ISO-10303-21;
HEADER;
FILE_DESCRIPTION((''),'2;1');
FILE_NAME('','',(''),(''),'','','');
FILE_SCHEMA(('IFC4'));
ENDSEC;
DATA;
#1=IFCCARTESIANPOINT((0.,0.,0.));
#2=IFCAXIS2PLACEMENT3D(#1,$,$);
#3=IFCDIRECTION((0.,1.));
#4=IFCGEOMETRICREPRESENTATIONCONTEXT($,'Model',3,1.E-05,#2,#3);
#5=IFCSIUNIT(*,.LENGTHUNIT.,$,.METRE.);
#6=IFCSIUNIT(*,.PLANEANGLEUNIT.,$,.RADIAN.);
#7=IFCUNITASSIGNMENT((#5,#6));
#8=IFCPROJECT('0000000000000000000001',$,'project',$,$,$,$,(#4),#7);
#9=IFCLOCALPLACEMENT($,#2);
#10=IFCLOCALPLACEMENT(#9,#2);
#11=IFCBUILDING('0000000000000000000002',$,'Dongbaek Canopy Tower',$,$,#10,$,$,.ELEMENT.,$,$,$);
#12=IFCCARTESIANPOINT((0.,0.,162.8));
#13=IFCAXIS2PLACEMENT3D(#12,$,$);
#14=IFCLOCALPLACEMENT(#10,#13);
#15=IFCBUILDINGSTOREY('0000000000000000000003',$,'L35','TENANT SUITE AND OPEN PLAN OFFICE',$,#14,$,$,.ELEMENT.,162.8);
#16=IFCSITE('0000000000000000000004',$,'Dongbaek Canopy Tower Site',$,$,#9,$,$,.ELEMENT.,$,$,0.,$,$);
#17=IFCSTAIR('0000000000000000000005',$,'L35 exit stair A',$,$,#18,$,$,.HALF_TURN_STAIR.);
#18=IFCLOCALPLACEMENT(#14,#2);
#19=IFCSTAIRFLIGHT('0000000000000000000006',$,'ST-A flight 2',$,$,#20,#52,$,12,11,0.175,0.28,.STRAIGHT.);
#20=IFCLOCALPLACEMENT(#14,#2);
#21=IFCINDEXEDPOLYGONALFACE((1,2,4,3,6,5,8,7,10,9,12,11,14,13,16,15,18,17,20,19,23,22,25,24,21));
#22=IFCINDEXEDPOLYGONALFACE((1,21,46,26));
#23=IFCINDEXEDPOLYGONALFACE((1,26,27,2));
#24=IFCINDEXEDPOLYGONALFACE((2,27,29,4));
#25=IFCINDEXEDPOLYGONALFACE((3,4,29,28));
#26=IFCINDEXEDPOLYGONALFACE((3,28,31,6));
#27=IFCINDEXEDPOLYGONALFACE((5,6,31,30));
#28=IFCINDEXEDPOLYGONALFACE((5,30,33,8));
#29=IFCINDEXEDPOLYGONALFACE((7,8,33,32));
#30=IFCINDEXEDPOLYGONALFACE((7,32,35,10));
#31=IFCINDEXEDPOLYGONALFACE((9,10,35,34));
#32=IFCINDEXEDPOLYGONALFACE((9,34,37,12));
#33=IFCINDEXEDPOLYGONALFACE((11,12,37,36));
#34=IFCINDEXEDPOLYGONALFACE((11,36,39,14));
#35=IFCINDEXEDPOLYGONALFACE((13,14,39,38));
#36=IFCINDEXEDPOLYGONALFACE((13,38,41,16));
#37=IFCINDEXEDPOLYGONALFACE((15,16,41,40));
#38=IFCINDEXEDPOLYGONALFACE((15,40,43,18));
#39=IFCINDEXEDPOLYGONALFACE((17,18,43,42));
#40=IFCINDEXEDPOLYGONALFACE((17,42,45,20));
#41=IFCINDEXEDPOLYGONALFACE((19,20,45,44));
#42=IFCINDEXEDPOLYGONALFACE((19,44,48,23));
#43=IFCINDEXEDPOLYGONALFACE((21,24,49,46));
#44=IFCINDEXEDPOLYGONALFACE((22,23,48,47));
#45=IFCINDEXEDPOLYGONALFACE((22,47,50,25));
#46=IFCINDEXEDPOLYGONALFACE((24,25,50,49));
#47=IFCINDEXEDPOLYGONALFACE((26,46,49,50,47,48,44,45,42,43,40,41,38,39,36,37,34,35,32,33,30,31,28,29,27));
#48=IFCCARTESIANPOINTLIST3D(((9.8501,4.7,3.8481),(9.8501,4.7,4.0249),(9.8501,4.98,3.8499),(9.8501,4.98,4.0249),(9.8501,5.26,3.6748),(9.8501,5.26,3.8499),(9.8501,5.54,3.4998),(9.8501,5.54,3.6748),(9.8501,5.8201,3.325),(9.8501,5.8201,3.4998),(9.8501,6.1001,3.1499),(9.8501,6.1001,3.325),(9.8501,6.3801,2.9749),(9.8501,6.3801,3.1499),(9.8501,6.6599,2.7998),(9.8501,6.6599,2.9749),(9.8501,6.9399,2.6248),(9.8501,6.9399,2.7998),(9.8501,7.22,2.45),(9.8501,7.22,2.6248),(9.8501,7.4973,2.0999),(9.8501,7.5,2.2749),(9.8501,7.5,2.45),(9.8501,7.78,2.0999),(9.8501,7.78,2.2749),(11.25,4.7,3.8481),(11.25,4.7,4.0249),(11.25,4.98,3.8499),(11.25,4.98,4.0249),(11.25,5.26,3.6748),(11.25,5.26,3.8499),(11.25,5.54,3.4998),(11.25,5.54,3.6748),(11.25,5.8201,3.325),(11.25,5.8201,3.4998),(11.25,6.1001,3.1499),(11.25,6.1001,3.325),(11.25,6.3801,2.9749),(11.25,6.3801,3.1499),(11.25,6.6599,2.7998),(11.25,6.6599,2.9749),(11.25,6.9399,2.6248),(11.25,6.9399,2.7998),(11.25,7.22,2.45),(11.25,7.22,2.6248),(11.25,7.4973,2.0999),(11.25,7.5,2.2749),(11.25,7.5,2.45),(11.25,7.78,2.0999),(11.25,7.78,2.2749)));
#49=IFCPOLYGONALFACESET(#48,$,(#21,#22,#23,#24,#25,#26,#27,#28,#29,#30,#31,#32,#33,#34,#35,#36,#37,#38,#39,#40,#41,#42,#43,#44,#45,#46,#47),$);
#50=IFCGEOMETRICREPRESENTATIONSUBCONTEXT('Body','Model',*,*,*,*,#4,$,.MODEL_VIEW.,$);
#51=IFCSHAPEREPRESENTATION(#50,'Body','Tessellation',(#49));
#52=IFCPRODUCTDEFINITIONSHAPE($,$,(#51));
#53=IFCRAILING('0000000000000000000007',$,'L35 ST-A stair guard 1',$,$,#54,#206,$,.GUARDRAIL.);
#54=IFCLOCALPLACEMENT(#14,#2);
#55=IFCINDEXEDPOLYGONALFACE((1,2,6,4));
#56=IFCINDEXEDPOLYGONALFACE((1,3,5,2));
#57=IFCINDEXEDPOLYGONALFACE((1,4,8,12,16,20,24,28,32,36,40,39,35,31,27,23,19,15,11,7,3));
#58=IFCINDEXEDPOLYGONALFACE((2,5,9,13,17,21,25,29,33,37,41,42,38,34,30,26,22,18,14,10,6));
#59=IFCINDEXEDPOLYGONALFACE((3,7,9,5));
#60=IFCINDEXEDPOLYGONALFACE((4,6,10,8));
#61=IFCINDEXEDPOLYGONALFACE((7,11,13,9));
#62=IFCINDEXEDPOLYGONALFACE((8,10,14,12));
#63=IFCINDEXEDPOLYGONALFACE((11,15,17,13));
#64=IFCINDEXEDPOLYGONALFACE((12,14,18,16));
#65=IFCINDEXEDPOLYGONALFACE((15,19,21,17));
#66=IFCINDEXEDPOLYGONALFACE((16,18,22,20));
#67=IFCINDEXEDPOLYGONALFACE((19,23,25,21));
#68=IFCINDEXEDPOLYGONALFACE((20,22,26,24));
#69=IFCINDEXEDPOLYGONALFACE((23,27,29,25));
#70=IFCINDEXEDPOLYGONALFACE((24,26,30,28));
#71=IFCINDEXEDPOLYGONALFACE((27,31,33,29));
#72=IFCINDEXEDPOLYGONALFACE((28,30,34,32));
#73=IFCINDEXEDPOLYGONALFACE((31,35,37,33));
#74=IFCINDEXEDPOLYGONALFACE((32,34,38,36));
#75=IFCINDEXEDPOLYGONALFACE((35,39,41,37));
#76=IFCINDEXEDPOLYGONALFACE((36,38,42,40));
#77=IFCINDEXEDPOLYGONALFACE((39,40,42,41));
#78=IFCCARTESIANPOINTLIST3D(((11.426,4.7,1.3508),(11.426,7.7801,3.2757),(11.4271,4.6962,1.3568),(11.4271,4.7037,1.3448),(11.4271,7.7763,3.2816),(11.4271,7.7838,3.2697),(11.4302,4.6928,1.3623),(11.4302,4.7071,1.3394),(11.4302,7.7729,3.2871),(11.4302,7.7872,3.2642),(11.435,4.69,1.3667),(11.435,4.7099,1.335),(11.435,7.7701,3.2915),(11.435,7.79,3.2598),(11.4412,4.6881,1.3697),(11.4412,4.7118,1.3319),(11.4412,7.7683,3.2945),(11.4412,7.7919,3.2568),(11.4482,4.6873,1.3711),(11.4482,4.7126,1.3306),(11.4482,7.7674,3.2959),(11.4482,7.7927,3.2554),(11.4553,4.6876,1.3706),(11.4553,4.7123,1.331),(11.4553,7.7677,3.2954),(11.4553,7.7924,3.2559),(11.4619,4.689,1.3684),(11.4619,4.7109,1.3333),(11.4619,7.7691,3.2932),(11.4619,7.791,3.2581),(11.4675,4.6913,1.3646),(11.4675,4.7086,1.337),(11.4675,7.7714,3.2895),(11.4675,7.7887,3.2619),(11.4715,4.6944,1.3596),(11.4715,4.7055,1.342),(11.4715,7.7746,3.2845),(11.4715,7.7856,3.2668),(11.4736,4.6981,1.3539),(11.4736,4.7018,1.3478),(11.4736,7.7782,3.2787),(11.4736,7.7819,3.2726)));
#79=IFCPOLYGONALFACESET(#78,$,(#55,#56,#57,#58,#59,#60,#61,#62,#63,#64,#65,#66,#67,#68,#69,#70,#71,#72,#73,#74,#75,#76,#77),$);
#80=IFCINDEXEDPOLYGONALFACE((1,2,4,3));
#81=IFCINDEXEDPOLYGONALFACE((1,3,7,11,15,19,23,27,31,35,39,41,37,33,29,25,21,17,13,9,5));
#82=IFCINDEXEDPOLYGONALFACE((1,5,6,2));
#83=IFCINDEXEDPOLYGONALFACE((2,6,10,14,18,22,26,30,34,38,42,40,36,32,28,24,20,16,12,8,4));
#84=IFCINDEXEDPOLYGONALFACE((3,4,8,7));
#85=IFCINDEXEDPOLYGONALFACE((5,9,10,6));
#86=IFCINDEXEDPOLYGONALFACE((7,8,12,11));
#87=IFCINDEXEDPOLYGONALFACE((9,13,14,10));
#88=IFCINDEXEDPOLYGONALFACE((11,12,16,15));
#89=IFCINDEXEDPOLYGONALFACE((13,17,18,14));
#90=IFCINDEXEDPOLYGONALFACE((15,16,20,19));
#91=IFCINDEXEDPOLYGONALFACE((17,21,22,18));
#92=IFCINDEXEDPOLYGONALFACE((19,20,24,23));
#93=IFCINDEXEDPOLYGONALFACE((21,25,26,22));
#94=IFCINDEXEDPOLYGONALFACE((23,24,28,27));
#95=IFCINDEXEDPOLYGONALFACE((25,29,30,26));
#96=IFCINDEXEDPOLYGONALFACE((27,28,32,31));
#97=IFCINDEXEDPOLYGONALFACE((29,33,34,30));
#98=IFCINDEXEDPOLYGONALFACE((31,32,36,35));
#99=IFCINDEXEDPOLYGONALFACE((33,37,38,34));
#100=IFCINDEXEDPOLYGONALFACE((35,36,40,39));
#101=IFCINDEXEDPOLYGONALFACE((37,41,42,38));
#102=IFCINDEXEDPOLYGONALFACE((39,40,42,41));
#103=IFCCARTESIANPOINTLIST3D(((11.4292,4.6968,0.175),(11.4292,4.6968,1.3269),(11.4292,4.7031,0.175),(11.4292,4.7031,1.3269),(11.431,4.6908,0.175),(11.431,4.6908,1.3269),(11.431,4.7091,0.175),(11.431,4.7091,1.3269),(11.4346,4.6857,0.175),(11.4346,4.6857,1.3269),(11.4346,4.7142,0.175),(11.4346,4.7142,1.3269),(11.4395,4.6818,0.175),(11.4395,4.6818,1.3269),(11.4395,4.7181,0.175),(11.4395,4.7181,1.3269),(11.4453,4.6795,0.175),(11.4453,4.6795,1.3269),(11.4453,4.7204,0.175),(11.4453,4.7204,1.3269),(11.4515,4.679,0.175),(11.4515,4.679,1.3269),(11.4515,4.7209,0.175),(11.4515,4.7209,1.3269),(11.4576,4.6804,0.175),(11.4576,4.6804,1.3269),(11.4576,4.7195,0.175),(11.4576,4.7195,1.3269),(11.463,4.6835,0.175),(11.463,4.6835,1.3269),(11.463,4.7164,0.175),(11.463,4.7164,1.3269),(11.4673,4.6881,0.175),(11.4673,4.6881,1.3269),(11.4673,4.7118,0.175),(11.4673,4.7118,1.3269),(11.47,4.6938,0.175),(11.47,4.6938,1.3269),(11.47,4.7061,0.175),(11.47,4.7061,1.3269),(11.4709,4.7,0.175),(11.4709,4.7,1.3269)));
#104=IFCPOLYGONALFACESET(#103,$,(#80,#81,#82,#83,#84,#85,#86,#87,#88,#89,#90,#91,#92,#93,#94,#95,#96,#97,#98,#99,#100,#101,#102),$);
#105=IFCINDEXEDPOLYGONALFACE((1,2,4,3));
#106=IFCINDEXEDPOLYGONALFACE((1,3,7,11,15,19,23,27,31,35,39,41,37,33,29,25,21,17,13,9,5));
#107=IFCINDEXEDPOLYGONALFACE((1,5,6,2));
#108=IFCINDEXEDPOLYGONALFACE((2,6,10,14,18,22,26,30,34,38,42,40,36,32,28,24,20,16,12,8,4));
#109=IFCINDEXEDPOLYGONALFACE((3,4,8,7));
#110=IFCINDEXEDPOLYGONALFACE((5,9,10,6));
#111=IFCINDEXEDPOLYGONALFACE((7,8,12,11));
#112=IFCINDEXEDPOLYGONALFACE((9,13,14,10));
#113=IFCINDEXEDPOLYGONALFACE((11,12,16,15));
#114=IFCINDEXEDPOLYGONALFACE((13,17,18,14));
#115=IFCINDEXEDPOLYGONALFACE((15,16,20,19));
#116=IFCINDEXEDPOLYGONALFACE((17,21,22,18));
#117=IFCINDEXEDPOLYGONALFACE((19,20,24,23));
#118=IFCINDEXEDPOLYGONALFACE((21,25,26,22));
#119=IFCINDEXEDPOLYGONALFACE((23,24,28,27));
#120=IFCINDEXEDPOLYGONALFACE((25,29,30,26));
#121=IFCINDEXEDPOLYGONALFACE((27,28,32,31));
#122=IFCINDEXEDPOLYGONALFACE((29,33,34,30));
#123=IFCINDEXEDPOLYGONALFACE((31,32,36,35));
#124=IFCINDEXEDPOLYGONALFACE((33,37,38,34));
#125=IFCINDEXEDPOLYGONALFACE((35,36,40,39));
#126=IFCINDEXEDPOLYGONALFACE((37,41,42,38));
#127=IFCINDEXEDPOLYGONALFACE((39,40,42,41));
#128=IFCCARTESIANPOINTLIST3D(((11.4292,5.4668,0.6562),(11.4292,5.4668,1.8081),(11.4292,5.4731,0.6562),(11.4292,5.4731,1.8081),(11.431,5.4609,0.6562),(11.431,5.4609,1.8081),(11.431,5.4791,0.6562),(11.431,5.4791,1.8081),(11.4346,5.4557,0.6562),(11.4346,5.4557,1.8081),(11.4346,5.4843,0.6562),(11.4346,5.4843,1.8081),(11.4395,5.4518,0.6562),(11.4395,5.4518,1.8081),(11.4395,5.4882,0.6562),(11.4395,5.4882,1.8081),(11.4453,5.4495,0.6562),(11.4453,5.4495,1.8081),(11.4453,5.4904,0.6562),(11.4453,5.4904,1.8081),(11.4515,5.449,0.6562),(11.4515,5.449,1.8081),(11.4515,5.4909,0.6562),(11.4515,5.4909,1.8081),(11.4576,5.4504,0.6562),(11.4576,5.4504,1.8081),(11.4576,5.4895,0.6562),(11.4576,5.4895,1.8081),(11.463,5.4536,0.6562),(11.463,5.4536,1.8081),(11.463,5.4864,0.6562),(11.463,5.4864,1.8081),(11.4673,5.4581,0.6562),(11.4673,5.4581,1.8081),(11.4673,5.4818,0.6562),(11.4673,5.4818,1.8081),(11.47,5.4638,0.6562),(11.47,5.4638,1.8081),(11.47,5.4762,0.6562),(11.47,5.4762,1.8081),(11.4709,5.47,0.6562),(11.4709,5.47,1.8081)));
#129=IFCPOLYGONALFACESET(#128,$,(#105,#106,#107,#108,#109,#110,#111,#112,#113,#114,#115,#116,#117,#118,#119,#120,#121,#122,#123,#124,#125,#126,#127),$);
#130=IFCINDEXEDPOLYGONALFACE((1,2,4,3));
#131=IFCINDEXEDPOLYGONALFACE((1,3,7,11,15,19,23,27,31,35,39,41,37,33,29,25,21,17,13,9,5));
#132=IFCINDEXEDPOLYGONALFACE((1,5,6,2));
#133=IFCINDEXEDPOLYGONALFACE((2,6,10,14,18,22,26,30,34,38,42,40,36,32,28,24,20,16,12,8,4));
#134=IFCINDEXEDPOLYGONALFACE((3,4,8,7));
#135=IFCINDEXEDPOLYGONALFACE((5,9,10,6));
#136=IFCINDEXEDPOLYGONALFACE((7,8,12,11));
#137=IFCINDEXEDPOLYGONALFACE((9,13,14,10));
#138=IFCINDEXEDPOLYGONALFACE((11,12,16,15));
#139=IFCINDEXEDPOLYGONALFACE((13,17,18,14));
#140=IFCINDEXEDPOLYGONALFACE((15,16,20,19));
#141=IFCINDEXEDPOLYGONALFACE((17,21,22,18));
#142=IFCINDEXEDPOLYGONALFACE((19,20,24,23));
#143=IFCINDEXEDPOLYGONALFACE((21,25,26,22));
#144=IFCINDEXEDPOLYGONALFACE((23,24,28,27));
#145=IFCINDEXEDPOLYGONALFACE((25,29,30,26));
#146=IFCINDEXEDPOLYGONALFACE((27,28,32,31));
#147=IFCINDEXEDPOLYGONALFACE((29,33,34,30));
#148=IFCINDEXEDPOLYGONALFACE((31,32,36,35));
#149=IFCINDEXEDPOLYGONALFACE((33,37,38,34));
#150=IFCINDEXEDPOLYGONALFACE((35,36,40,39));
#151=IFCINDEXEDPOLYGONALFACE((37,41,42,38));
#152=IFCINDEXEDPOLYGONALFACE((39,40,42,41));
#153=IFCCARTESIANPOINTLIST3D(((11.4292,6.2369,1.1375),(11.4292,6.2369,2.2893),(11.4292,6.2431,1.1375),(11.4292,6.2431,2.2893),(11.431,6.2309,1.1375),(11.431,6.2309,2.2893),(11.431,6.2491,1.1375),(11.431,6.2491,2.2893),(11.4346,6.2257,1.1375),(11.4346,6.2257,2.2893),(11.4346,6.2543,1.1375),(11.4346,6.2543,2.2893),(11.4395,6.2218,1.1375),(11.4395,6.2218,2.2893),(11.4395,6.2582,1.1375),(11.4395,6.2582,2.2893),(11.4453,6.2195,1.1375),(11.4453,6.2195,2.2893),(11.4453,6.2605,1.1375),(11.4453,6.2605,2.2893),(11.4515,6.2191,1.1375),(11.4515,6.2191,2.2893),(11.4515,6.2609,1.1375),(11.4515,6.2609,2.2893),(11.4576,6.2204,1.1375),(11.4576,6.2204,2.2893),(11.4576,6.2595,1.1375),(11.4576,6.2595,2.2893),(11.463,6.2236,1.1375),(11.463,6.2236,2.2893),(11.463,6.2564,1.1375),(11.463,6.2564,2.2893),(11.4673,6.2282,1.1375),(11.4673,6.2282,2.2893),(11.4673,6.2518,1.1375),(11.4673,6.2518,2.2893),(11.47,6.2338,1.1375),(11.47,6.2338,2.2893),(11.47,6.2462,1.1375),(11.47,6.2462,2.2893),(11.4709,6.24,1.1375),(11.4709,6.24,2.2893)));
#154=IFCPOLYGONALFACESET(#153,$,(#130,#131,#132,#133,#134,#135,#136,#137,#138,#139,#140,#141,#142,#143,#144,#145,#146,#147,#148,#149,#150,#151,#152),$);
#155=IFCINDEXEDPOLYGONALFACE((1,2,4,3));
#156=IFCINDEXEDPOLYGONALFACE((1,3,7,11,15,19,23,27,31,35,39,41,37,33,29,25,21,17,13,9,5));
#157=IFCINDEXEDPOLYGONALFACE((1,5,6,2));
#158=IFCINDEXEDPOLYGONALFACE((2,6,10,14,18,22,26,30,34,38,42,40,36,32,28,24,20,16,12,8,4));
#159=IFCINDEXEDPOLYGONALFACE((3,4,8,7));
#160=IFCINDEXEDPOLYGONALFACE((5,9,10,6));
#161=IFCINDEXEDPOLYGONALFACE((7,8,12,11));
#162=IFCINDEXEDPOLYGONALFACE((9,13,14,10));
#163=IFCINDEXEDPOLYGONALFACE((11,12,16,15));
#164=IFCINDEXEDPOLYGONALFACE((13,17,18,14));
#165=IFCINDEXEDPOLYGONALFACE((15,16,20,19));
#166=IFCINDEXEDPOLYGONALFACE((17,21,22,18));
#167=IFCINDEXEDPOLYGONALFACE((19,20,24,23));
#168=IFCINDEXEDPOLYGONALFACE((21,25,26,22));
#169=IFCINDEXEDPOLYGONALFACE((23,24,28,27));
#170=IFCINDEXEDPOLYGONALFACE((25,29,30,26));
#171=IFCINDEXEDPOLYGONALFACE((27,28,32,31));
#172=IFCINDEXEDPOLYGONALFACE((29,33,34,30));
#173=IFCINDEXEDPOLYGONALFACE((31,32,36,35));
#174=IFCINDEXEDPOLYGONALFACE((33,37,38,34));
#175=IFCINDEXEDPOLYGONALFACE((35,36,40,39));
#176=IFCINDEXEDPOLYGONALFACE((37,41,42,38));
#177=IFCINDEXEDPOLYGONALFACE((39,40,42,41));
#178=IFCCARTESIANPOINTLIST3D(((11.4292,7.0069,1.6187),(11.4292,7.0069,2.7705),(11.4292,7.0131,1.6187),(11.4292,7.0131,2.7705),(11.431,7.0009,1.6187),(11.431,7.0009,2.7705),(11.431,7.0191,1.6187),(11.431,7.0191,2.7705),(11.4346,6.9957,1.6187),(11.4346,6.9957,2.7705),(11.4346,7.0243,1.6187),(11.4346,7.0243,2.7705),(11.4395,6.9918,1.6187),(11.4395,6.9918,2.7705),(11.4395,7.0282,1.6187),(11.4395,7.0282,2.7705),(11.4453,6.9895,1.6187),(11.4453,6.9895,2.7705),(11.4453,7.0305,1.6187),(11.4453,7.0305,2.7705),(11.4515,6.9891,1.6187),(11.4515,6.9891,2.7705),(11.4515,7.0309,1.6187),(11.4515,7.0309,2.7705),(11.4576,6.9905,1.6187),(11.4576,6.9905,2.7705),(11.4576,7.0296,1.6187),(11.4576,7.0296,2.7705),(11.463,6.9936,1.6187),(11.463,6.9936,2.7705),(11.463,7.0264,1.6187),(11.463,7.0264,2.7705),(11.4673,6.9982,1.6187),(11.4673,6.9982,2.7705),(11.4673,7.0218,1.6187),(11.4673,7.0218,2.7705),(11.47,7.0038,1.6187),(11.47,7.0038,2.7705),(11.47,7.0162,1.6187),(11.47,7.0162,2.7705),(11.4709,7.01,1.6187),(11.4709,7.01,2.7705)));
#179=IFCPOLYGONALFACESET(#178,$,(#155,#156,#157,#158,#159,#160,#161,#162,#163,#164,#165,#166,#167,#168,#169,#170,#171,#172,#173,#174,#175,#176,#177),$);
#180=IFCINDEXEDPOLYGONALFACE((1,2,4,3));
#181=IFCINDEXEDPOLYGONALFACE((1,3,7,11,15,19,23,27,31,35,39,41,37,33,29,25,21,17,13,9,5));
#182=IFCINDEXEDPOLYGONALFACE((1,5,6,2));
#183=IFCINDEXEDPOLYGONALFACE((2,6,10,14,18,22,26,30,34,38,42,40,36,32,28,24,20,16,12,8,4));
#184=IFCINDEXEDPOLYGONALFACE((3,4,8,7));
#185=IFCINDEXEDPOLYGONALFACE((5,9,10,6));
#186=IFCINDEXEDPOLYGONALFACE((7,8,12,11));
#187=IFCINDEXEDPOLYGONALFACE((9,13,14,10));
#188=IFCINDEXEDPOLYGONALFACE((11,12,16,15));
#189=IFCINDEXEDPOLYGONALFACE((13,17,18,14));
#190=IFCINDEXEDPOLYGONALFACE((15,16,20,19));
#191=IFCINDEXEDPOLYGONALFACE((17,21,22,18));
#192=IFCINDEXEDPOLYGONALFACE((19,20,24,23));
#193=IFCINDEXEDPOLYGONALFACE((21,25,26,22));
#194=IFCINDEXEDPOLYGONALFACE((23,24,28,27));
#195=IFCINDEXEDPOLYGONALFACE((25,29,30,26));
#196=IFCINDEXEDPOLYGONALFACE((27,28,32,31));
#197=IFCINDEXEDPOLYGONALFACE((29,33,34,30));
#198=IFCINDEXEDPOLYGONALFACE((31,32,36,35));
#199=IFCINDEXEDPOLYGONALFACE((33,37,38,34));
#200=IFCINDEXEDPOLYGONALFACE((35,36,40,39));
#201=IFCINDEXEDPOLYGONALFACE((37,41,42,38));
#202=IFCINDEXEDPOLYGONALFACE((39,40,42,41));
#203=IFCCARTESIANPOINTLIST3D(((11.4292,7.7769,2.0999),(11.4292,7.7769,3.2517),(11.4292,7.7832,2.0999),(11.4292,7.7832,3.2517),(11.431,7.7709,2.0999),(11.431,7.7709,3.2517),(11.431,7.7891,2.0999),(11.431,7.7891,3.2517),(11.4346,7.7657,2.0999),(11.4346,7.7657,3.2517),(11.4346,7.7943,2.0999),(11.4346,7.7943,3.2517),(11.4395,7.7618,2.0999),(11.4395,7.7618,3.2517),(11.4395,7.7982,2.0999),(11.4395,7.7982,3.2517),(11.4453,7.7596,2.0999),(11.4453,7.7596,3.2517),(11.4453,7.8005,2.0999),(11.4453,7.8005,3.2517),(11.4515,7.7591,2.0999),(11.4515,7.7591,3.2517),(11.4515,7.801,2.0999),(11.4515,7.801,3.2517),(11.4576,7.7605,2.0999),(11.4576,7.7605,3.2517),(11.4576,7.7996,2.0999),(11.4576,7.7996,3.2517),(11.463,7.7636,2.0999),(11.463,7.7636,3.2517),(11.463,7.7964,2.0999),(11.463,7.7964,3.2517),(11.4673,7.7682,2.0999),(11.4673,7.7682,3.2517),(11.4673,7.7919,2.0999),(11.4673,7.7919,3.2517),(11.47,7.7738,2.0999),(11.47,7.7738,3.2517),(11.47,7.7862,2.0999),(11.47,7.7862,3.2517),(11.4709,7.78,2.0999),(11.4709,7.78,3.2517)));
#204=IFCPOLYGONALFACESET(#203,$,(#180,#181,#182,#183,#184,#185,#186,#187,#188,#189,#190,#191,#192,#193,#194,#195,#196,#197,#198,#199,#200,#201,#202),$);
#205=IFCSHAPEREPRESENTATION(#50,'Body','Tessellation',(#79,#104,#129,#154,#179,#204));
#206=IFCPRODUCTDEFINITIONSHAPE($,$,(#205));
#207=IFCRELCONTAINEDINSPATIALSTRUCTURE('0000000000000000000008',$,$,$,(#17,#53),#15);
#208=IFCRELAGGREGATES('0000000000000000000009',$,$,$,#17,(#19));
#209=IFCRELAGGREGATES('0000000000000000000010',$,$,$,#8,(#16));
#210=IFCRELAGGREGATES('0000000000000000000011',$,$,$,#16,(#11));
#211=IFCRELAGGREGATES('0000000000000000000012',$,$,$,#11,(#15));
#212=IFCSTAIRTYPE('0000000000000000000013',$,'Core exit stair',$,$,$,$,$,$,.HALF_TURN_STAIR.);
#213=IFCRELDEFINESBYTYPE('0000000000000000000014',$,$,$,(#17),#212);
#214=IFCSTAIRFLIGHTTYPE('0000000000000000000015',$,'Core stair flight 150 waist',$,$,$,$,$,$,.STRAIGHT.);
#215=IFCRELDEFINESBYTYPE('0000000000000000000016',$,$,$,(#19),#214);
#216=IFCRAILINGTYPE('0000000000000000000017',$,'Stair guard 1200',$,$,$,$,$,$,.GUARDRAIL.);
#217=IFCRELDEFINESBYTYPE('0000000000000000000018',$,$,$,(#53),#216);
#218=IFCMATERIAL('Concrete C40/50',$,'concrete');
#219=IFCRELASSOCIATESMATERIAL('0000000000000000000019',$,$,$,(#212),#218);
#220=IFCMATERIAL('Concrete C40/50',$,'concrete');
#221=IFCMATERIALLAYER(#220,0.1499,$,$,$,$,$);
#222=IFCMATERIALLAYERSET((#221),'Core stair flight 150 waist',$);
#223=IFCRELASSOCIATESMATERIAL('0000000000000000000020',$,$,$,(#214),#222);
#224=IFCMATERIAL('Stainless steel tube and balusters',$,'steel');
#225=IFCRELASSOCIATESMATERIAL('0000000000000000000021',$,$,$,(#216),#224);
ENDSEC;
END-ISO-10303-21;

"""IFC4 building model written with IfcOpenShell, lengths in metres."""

from ifc_helpers import new_model, si_unit, direction, frame, origin, origin_2d, place, context, subcontext, project, spatial, polyline, circle, outline, extrude, material, layer, layer_set, type_object, element, aggregate, save


model = new_model("IFC4")

# Units and contexts
model_context = context("Model", 3, precision=1e-05, world=origin(), true_north=direction((0.0, 1.0)))
body_context = subcontext(model_context, "Body", "Model", "MODEL_VIEW")
ifc_project = project(units=[si_unit("LENGTHUNIT", "METRE"), si_unit("PLANEANGLEUNIT", "RADIAN")], contexts=[model_context])

# Site, building, storey
site_placement = place(None, origin())
site = spatial("IfcSite", under=ifc_project, at=site_placement, Name="Dongbaek Canopy Tower Site", CompositionType="ELEMENT", RefElevation=0.0)
building_placement = place(site_placement, origin())
building = spatial("IfcBuilding", under=site, at=building_placement, Name="Dongbaek Canopy Tower", CompositionType="ELEMENT")
storey_placement = place(building_placement, frame((0.0, 0.0, 162.8)))
storey = spatial("IfcBuildingStorey", under=building, at=storey_placement, Name="L35", Description="TENANT SUITE AND OPEN PLAN OFFICE", CompositionType="ELEMENT", Elevation=162.8)

# Stair
ifc_material_1 = material(Name="Concrete C40/50", Category="concrete")
stair_type = type_object("IfcStairType", Name="Core exit stair", PredefinedType="HALF_TURN_STAIR", material=ifc_material_1)
stair_1_placement = place(storey_placement, origin())
stair_1 = element("IfcStair", 1, at=stair_1_placement, inside=storey, type_object=stair_type, Name="L35 exit stair A", PredefinedType="HALF_TURN_STAIR")

# Stair flight
ifc_material_2 = material(Name="Concrete C40/50", Category="concrete")
ifc_layer_1 = layer(ifc_material_2, 0.1499)
ifc_layer_set_1 = layer_set([ifc_layer_1], Name="Core stair flight 150 waist")
stair_flight_type = type_object("IfcStairFlightType", Name="Core stair flight 150 waist", PredefinedType="STRAIGHT", material=ifc_layer_set_1)
stair_flight_placement = place(storey_placement, frame((10.55, 7.78, 2.0999), z_axis=(0.0, 0.0, 1.0), x_axis=(0.0, -1.0, 0.0)))
stair_flight = element("IfcStairFlight", 2, at=stair_flight_placement, type_object=stair_flight_type, Name="ST-A flight 2", NumberOfRisers=12, NumberOfTreads=11, PredefinedType="STRAIGHT", RiserHeight=0.175, TreadLength=0.28, context=body_context, shape_type="SweptSolid", body=[
    extrude(outline(polyline([(0.0, 0.0), (0.0, 0.175), (0.28, 0.175), (0.28, 0.3501), (0.5601, 0.3501), (0.5601, 0.5249), (0.8401, 0.5249), (0.8401, 0.7), (1.1201, 0.7), (1.1201, 0.875), (1.3999, 0.875), (1.3999, 1.05), (1.6799, 1.05), (1.6799, 1.2251), (1.96, 1.2251), (1.96, 1.3999), (2.24, 1.3999), (2.24, 1.575), (2.52, 1.575), (2.52, 1.75), (2.8, 1.75), (2.8, 1.925), (3.0801, 1.925), (3.0801, 2.1001), (3.0801, 1.7483), (0.2827, 0.0), (0.0, 0.0)])), frame((0.0, 0.7, 0.0), z_axis=(0.0, -1.0, 0.0), x_axis=(1.0, 0.0, 0.0)), (0.0, 0.0, 1.0), 1.3999),
])
aggregate(stair_1, [stair_flight])

# Railing
ifc_material_3 = material(Name="Stainless steel tube and balusters", Category="steel")
railing_type_1 = type_object("IfcRailingType", Name="Stair guard 1200", PredefinedType="GUARDRAIL", material=ifc_material_3)
railing_1_placement = place(storey_placement, frame((11.45, 4.7, 0.175)))
element("IfcRailing", 3, at=railing_1_placement, inside=storey, type_object=railing_type_1, Name="L35 ST-A stair guard 1", PredefinedType="GUARDRAIL", context=body_context, shape_type="SweptSolid", body=[
    extrude(circle(Radius=0.0239, at=origin_2d()), frame((0.0, 0.0, 1.1758), z_axis=(0.0, 0.848029, 0.529951), x_axis=(-1.0, 0.0, 0.0)), (0.0, 0.0, 1.0), 3.6321),
    extrude(circle(Radius=0.021, at=origin_2d()), origin(), (0.0, 0.0, 1.0), 1.1519),
    extrude(circle(Radius=0.021, at=origin_2d()), frame((0.0, 0.77, 0.4812)), (0.0, 0.0, 1.0), 1.1519),
    extrude(circle(Radius=0.021, at=origin_2d()), frame((0.0, 1.54, 0.9624)), (0.0, 0.0, 1.0), 1.1519),
    extrude(circle(Radius=0.021, at=origin_2d()), frame((0.0, 2.3101, 1.4436)), (0.0, 0.0, 1.0), 1.1519),
    extrude(circle(Radius=0.021, at=origin_2d()), frame((0.0, 3.0801, 1.9248)), (0.0, 0.0, 1.0), 1.1519),
])

save(model, "model.ifc")
